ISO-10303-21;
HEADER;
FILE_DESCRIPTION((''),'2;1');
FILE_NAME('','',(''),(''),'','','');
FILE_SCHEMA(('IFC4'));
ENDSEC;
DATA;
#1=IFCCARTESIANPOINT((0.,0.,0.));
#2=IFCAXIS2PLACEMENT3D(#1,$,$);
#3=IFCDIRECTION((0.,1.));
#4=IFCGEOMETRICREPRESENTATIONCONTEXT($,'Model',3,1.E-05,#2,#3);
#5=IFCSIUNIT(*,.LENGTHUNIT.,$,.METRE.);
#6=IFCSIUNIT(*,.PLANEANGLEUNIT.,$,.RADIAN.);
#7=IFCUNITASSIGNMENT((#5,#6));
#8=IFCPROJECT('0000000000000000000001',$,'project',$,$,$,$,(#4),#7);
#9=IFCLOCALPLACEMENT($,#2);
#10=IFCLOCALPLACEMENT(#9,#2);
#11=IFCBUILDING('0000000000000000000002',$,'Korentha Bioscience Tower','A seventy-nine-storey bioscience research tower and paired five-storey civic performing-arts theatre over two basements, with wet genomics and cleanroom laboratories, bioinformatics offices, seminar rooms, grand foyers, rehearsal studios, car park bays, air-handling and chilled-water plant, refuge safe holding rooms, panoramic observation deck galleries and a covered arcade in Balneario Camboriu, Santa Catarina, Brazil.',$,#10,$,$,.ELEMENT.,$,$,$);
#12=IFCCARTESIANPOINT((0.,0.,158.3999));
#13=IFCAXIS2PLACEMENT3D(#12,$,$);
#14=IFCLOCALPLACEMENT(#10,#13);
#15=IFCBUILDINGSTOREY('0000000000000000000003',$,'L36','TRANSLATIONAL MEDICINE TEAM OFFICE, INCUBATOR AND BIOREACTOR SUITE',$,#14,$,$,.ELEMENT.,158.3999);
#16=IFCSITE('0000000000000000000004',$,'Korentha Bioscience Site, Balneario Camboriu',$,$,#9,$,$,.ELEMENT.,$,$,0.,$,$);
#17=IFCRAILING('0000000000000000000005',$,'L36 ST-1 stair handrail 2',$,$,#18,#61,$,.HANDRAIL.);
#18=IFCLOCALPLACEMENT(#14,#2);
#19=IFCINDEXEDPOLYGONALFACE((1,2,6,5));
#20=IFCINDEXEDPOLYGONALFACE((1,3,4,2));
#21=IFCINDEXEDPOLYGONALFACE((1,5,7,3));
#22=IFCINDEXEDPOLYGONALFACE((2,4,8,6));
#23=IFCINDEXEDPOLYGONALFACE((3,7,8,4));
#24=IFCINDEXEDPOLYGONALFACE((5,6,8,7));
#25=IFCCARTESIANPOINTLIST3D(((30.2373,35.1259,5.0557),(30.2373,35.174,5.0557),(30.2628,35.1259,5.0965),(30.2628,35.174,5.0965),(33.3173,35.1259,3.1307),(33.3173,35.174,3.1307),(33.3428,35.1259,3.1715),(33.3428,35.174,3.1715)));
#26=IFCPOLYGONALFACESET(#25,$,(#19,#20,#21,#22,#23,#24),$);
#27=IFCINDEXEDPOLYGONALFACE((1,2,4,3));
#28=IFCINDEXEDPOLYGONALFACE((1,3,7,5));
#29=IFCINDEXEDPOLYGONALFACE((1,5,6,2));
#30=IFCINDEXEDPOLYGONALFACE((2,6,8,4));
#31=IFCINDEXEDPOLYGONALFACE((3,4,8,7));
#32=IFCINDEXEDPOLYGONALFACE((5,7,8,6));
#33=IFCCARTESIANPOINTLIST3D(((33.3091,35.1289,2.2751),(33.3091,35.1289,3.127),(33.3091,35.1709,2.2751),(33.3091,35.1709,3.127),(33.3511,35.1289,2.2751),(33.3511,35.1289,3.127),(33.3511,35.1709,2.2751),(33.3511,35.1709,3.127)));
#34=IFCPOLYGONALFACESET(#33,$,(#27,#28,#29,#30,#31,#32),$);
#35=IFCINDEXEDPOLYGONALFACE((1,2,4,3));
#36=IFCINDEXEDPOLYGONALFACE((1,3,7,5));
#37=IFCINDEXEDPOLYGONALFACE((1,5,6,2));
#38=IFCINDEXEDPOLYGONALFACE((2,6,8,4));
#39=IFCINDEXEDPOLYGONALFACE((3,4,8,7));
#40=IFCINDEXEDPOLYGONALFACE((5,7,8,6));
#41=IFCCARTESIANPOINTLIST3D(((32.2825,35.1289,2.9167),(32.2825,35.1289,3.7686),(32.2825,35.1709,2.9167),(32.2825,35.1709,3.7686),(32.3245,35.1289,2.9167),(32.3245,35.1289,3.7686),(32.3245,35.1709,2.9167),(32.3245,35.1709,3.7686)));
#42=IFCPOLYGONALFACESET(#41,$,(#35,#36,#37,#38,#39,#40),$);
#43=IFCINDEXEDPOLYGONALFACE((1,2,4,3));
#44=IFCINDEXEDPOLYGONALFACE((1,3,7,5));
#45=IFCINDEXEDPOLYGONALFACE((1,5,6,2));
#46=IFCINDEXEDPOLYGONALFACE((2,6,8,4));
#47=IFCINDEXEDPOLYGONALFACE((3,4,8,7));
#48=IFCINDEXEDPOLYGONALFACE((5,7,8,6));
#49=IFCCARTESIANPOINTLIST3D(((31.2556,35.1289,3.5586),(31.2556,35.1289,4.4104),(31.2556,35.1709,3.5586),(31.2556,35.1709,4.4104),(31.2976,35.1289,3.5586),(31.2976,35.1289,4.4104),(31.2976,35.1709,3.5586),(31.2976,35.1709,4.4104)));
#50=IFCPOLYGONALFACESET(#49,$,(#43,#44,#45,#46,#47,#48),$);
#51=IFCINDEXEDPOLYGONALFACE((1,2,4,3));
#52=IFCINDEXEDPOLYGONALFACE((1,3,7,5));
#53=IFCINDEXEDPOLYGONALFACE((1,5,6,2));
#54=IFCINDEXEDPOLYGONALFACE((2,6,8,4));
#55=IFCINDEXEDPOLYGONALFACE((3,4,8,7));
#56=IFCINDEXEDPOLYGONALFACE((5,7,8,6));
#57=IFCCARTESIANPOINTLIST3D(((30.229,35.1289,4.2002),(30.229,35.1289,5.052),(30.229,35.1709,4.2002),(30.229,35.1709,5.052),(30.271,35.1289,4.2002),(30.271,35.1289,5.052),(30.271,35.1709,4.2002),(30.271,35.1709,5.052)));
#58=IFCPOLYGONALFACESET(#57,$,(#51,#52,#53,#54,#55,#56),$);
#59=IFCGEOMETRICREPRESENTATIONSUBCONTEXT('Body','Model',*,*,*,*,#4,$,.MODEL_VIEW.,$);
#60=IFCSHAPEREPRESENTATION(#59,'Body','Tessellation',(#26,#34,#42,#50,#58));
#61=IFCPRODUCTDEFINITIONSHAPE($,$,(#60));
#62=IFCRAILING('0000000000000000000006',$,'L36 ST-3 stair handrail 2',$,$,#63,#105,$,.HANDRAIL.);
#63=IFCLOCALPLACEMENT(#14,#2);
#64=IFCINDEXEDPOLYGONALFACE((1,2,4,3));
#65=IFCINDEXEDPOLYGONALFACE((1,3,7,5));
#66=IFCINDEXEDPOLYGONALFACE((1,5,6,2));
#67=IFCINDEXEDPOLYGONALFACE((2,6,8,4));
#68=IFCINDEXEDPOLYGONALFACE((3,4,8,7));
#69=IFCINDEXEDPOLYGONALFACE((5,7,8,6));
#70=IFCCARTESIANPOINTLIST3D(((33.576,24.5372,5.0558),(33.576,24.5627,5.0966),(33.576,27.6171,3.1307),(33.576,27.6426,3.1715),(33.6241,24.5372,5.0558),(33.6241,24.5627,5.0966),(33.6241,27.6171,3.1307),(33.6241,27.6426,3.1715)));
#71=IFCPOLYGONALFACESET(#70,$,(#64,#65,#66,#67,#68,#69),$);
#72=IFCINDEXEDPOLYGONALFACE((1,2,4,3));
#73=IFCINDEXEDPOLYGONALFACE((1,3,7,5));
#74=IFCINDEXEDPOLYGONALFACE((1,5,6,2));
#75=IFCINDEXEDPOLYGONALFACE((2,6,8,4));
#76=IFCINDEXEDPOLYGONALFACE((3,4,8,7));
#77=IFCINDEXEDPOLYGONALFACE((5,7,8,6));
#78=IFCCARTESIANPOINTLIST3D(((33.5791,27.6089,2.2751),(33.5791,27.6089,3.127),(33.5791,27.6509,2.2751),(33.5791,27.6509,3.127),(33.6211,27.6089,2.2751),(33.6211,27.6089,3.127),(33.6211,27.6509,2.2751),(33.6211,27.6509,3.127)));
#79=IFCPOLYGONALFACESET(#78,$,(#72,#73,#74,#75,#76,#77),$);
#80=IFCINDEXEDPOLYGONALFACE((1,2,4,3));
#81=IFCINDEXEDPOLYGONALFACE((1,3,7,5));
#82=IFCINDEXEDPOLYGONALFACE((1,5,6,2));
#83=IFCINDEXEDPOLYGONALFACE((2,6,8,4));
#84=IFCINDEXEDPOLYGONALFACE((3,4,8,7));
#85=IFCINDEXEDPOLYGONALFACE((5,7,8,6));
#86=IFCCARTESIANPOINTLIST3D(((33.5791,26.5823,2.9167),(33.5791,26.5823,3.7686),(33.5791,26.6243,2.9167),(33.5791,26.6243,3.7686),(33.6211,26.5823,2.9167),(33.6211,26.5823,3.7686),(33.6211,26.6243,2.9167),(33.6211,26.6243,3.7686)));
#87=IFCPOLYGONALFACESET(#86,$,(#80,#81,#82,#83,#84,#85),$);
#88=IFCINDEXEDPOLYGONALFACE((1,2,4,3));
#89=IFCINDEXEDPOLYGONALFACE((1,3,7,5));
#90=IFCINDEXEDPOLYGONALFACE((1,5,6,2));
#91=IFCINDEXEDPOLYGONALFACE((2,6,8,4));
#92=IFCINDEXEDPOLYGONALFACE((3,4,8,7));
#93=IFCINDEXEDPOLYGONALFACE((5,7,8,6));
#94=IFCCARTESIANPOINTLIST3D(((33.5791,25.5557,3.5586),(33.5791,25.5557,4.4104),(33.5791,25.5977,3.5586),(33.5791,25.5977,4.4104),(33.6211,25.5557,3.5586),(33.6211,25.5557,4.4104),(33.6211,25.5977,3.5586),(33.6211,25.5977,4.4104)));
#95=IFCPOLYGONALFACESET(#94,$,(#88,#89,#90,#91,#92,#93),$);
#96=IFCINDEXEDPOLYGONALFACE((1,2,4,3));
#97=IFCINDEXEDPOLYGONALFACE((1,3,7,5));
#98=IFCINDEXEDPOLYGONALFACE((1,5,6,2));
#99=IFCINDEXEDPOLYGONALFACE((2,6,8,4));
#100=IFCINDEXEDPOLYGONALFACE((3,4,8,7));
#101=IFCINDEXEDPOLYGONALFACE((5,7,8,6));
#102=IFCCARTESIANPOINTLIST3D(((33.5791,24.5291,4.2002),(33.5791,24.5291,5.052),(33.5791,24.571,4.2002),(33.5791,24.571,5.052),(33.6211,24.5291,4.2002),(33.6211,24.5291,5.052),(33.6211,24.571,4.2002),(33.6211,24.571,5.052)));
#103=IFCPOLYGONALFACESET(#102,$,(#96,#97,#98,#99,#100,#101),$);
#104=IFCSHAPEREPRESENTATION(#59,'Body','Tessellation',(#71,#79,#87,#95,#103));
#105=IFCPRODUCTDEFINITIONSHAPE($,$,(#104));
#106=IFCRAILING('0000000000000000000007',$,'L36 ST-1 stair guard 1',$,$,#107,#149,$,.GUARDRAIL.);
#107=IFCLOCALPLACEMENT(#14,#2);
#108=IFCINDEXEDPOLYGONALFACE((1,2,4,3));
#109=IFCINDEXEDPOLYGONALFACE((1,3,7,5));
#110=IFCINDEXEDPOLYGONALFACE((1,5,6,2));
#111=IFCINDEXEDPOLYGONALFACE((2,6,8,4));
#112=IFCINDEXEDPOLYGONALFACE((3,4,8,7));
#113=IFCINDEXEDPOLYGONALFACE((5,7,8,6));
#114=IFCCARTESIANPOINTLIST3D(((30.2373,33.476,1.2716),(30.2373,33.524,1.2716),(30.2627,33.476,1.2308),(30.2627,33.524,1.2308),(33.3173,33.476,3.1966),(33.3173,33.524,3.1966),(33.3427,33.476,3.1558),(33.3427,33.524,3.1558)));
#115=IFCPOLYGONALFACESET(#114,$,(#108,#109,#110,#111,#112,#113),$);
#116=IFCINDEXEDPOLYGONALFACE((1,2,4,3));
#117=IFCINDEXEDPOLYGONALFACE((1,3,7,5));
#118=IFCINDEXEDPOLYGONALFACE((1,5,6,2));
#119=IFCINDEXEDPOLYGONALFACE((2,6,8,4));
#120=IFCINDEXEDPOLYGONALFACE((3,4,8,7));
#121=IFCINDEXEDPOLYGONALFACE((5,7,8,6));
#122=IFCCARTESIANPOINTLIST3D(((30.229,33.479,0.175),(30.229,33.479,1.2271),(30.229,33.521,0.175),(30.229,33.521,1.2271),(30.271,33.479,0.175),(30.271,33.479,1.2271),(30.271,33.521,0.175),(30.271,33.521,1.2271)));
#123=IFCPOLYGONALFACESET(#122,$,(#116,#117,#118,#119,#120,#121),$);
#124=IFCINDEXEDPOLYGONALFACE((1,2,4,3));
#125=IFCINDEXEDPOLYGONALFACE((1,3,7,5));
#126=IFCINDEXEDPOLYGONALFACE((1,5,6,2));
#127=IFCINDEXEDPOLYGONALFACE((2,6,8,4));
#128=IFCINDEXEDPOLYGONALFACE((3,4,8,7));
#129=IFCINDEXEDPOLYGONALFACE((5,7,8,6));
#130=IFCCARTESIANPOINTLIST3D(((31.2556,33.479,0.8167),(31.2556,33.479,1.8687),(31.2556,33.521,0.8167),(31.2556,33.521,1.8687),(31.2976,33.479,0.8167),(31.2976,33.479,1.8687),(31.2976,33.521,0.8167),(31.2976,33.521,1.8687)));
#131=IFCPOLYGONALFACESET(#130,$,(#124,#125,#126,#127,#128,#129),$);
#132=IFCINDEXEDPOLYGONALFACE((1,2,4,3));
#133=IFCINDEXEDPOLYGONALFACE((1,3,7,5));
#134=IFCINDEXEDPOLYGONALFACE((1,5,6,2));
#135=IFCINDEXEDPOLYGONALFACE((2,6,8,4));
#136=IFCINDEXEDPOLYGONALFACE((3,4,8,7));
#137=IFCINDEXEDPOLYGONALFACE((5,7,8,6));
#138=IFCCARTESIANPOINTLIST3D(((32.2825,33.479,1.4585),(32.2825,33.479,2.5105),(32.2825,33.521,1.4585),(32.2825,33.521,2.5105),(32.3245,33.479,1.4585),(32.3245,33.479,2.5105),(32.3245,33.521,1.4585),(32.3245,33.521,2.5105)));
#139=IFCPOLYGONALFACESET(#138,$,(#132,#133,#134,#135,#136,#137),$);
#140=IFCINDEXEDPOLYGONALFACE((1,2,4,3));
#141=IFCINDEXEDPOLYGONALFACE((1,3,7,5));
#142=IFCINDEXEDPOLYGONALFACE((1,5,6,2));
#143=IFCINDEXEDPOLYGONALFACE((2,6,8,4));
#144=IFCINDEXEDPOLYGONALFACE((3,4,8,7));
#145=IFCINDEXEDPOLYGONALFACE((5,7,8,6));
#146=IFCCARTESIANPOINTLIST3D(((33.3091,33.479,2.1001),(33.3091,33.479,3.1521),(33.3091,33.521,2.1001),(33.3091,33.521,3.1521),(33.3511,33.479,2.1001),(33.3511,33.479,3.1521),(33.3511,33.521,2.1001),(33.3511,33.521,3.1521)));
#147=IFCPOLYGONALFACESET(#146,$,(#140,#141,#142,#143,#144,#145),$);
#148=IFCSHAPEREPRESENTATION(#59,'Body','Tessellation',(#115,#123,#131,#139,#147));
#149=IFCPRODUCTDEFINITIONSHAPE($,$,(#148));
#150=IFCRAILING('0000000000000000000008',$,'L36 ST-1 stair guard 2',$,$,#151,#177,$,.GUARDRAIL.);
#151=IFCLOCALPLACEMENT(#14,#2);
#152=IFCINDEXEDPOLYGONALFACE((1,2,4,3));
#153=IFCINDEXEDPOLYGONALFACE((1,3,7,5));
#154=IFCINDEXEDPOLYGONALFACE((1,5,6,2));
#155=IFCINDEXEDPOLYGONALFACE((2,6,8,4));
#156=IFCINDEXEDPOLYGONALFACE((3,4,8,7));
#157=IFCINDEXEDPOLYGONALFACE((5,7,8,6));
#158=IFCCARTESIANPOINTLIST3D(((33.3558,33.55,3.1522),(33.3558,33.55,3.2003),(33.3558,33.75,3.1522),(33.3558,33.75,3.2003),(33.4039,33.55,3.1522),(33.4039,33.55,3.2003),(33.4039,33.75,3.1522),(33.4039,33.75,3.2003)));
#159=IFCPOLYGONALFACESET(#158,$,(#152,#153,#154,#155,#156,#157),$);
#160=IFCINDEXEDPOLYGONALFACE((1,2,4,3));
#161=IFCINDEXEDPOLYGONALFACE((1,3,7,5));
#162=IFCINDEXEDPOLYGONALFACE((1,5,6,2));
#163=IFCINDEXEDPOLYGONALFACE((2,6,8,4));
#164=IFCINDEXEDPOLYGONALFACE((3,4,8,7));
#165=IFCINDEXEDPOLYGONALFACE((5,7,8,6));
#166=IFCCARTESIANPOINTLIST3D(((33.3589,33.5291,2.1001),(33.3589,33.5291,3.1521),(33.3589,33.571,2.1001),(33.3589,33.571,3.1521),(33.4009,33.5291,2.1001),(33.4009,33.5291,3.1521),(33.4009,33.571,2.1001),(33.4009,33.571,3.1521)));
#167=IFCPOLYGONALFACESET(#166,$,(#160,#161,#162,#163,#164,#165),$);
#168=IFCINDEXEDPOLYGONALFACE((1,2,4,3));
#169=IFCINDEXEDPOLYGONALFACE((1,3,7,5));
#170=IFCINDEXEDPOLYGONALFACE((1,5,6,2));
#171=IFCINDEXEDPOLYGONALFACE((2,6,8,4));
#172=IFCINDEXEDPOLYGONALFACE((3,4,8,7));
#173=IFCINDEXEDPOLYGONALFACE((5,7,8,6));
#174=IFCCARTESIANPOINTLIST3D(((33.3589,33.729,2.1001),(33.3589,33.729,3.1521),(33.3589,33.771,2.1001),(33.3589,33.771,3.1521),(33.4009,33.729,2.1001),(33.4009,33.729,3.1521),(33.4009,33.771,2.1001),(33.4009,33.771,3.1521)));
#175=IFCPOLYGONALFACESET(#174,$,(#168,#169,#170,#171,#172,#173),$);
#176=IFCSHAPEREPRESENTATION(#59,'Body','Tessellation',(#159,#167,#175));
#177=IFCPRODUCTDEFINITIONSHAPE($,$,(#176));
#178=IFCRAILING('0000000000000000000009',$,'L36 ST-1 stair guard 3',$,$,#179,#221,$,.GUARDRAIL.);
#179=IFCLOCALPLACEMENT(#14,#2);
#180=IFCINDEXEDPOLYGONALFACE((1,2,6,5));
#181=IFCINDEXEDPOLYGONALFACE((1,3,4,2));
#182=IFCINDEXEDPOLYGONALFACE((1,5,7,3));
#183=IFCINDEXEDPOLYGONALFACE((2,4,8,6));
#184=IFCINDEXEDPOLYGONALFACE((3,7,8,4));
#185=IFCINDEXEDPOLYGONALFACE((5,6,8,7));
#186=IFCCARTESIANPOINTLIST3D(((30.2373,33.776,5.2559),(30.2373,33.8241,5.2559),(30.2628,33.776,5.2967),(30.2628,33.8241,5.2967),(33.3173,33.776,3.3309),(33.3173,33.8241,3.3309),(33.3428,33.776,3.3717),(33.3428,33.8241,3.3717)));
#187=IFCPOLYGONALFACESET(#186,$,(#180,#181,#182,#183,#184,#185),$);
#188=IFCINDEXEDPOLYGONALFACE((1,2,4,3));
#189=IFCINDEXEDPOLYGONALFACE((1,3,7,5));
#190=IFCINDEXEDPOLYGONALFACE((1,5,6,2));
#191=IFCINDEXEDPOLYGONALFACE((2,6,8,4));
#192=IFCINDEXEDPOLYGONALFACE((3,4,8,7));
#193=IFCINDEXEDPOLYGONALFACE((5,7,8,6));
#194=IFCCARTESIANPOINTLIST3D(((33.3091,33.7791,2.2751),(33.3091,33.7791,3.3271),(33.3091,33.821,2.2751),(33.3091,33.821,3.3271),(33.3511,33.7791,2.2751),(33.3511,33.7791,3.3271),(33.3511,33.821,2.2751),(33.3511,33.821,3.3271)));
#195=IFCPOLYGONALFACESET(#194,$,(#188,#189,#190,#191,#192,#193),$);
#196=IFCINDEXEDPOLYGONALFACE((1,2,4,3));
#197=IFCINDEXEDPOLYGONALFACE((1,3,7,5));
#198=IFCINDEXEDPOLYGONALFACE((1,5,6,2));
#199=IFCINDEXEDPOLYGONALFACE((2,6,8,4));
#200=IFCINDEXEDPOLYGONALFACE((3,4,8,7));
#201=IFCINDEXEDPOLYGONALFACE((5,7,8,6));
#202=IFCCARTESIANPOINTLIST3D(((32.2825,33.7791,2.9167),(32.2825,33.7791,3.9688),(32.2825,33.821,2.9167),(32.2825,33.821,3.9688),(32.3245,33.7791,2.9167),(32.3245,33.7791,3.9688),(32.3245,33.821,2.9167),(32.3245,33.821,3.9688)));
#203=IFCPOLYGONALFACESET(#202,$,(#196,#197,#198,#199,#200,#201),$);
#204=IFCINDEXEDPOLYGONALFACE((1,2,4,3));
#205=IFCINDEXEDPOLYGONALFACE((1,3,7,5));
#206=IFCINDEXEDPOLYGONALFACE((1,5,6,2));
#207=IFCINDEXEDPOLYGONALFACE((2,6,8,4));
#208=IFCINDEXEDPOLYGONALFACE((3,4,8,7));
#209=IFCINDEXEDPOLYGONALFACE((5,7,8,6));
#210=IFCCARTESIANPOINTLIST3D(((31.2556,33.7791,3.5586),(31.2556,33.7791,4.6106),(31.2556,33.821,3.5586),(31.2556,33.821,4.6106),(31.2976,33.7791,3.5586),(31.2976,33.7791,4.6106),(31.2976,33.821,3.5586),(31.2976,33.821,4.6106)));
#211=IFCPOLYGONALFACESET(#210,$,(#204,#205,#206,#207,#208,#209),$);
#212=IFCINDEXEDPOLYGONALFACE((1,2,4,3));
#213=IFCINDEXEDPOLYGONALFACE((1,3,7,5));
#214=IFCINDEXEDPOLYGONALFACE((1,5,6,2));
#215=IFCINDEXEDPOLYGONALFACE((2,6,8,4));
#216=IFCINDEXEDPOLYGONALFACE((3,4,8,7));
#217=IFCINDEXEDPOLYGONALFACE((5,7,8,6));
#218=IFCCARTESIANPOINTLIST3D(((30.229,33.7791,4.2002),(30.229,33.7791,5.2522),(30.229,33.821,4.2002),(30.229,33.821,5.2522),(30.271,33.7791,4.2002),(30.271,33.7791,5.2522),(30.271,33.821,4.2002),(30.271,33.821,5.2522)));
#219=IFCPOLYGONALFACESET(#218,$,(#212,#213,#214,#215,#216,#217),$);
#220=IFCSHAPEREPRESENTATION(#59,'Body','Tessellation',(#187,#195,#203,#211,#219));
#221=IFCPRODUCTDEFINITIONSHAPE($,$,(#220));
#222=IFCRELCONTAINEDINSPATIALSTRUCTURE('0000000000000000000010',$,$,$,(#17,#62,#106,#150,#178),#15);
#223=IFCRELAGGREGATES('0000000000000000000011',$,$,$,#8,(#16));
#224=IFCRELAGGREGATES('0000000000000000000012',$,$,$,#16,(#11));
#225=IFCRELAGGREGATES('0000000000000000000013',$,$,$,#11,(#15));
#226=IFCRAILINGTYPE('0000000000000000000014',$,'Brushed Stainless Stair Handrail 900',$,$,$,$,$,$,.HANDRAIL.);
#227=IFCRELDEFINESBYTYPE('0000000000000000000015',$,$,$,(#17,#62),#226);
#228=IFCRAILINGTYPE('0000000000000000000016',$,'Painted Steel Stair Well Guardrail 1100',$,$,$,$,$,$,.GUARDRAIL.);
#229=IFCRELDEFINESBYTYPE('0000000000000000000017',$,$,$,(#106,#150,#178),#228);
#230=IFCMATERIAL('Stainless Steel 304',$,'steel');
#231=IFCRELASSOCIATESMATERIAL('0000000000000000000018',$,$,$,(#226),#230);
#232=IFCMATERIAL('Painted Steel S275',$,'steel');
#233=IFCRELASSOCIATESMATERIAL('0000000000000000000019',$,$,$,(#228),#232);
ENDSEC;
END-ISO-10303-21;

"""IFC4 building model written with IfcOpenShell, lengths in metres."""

from ifc_helpers import new_model, si_unit, direction, frame, origin, origin_2d, place, context, subcontext, project, spatial, rectangle, extrude, material, type_object, element, save


model = new_model("IFC4")

# Units and contexts
model_context = context("Model", 3, precision=1e-05, world=origin(), true_north=direction((0.0, 1.0)))
body_context = subcontext(model_context, "Body", "Model", "MODEL_VIEW")
ifc_project = project(units=[si_unit("LENGTHUNIT", "METRE"), si_unit("PLANEANGLEUNIT", "RADIAN")], contexts=[model_context])

# Site, building, storey
site_placement = place(None, origin())
site = spatial("IfcSite", under=ifc_project, at=site_placement, Name="Korentha Bioscience Site, Balneario Camboriu", CompositionType="ELEMENT", RefElevation=0.0)
building_placement = place(site_placement, origin())
building = spatial("IfcBuilding", under=site, at=building_placement, Name="Korentha Bioscience Tower", Description="A seventy-nine-storey bioscience research tower and paired five-storey civic performing-arts theatre over two basements, with wet genomics and cleanroom laboratories, bioinformatics offices, seminar rooms, grand foyers, rehearsal studios, car park bays, air-handling and chilled-water plant, refuge safe holding rooms, panoramic observation deck galleries and a covered arcade in Balneario Camboriu, Santa Catarina, Brazil.", CompositionType="ELEMENT")
storey_placement = place(building_placement, frame((0.0, 0.0, 158.3999)))
storey = spatial("IfcBuildingStorey", under=building, at=storey_placement, Name="L36", Description="TRANSLATIONAL MEDICINE TEAM OFFICE, INCUBATOR AND BIOREACTOR SUITE", CompositionType="ELEMENT", Elevation=158.3999)

# Railings
ifc_material_1 = material(Name="Stainless Steel 304", Category="steel")
railing_type_1 = type_object("IfcRailingType", Name="Brushed Stainless Stair Handrail 900", PredefinedType="HANDRAIL", material=ifc_material_1)
railing_1_placement = place(storey_placement, frame((33.3301, 35.1499, 2.2751)))
element("IfcRailing", 1, at=railing_1_placement, inside=storey, type_object=railing_type_1, Name="L36 ST-1 stair handrail 2", PredefinedType="HANDRAIL", context=body_context, shape_type="SweptSolid", body=[
    extrude(rectangle(XDim=0.0481, YDim=0.0481, at=origin_2d()), frame((0.0, 0.0, 0.876), z_axis=(-0.847998, 0.0, 0.529999), x_axis=(0.0, -1.0, 0.0)), (0.0, 0.0, 1.0), 3.6321),
    extrude(rectangle(XDim=0.042, YDim=0.042, at=origin_2d()), origin(), (0.0, 0.0, 1.0), 0.8518),
    extrude(rectangle(XDim=0.042, YDim=0.042, at=origin_2d()), frame((-1.0266, 0.0, 0.6416)), (0.0, 0.0, 1.0), 0.8518),
    extrude(rectangle(XDim=0.042, YDim=0.042, at=origin_2d()), frame((-2.0535, 0.0, 1.2834)), (0.0, 0.0, 1.0), 0.8518),
    extrude(rectangle(XDim=0.042, YDim=0.042, at=origin_2d()), frame((-3.0801, 0.0, 1.925)), (0.0, 0.0, 1.0), 0.8518),
])
railing_2_placement = place(storey_placement, frame((33.6001, 27.6299, 2.2751)))
element("IfcRailing", 2, at=railing_2_placement, inside=storey, type_object=railing_type_1, Name="L36 ST-3 stair handrail 2", PredefinedType="HANDRAIL", context=body_context, shape_type="SweptSolid", body=[
    extrude(rectangle(XDim=0.0481, YDim=0.0481, at=origin_2d()), frame((0.0, 0.0, 0.876), z_axis=(0.0, -0.847979, 0.530029), x_axis=(1.0, 0.0, 0.0)), (0.0, 0.0, 1.0), 3.6321),
    extrude(rectangle(XDim=0.042, YDim=0.042, at=origin_2d()), origin(), (0.0, 0.0, 1.0), 0.8518),
    extrude(rectangle(XDim=0.042, YDim=0.042, at=origin_2d()), frame((0.0, -1.0266, 0.6416)), (0.0, 0.0, 1.0), 0.8518),
    extrude(rectangle(XDim=0.042, YDim=0.042, at=origin_2d()), frame((0.0, -2.0532, 1.2834)), (0.0, 0.0, 1.0), 0.8518),
    extrude(rectangle(XDim=0.042, YDim=0.042, at=origin_2d()), frame((0.0, -3.0798, 1.925)), (0.0, 0.0, 1.0), 0.8518),
])
ifc_material_2 = material(Name="Painted Steel S275", Category="steel")
railing_type_2 = type_object("IfcRailingType", Name="Painted Steel Stair Well Guardrail 1100", PredefinedType="GUARDRAIL", material=ifc_material_2)
railing_3_placement = place(storey_placement, frame((30.25, 33.5, 0.175)))
element("IfcRailing", 3, at=railing_3_placement, inside=storey, type_object=railing_type_2, Name="L36 ST-1 stair guard 1", PredefinedType="GUARDRAIL", context=body_context, shape_type="SweptSolid", body=[
    extrude(rectangle(XDim=0.0481, YDim=0.0481, at=origin_2d()), frame((0.0, 0.0, 1.0762), z_axis=(0.847998, 0.0, 0.529999), x_axis=(0.0, 1.0, 0.0)), (0.0, 0.0, 1.0), 3.6321),
    extrude(rectangle(XDim=0.042, YDim=0.042, at=origin_2d()), origin(), (0.0, 0.0, 1.0), 1.052),
    extrude(rectangle(XDim=0.042, YDim=0.042, at=origin_2d()), frame((1.0266, 0.0, 0.6416)), (0.0, 0.0, 1.0), 1.052),
    extrude(rectangle(XDim=0.042, YDim=0.042, at=origin_2d()), frame((2.0535, 0.0, 1.2834)), (0.0, 0.0, 1.0), 1.052),
    extrude(rectangle(XDim=0.042, YDim=0.042, at=origin_2d()), frame((3.0801, 0.0, 1.925)), (0.0, 0.0, 1.0), 1.052),
])
railing_4_placement = place(storey_placement, frame((33.3799, 33.55, 2.1001)))
element("IfcRailing", 4, at=railing_4_placement, inside=storey, type_object=railing_type_2, Name="L36 ST-1 stair guard 2", PredefinedType="GUARDRAIL", context=body_context, shape_type="SweptSolid", body=[
    extrude(rectangle(XDim=0.0481, YDim=0.0481, at=origin_2d()), frame((0.0, 0.0, 1.0762), z_axis=(0.0, 1.0, 0.0), x_axis=(-1.0, 0.0, 0.0)), (0.0, 0.0, 1.0), 0.2),
    extrude(rectangle(XDim=0.042, YDim=0.042, at=origin_2d()), origin(), (0.0, 0.0, 1.0), 1.052),
    extrude(rectangle(XDim=0.042, YDim=0.042, at=origin_2d()), frame((0.0, 0.2, 0.0)), (0.0, 0.0, 1.0), 1.052),
])
railing_5_placement = place(storey_placement, frame((33.3301, 33.8, 2.2751)))
element("IfcRailing", 5, at=railing_5_placement, inside=storey, type_object=railing_type_2, Name="L36 ST-1 stair guard 3", PredefinedType="GUARDRAIL", context=body_context, shape_type="SweptSolid", body=[
    extrude(rectangle(XDim=0.0481, YDim=0.0481, at=origin_2d()), frame((0.0, 0.0, 1.0762), z_axis=(-0.847998, 0.0, 0.529999), x_axis=(0.0, -1.0, 0.0)), (0.0, 0.0, 1.0), 3.6321),
    extrude(rectangle(XDim=0.042, YDim=0.042, at=origin_2d()), origin(), (0.0, 0.0, 1.0), 1.052),
    extrude(rectangle(XDim=0.042, YDim=0.042, at=origin_2d()), frame((-1.0266, 0.0, 0.6416)), (0.0, 0.0, 1.0), 1.052),
    extrude(rectangle(XDim=0.042, YDim=0.042, at=origin_2d()), frame((-2.0535, 0.0, 1.2834)), (0.0, 0.0, 1.0), 1.052),
    extrude(rectangle(XDim=0.042, YDim=0.042, at=origin_2d()), frame((-3.0801, 0.0, 1.925)), (0.0, 0.0, 1.0), 1.052),
])

save(model, "model.ifc")
